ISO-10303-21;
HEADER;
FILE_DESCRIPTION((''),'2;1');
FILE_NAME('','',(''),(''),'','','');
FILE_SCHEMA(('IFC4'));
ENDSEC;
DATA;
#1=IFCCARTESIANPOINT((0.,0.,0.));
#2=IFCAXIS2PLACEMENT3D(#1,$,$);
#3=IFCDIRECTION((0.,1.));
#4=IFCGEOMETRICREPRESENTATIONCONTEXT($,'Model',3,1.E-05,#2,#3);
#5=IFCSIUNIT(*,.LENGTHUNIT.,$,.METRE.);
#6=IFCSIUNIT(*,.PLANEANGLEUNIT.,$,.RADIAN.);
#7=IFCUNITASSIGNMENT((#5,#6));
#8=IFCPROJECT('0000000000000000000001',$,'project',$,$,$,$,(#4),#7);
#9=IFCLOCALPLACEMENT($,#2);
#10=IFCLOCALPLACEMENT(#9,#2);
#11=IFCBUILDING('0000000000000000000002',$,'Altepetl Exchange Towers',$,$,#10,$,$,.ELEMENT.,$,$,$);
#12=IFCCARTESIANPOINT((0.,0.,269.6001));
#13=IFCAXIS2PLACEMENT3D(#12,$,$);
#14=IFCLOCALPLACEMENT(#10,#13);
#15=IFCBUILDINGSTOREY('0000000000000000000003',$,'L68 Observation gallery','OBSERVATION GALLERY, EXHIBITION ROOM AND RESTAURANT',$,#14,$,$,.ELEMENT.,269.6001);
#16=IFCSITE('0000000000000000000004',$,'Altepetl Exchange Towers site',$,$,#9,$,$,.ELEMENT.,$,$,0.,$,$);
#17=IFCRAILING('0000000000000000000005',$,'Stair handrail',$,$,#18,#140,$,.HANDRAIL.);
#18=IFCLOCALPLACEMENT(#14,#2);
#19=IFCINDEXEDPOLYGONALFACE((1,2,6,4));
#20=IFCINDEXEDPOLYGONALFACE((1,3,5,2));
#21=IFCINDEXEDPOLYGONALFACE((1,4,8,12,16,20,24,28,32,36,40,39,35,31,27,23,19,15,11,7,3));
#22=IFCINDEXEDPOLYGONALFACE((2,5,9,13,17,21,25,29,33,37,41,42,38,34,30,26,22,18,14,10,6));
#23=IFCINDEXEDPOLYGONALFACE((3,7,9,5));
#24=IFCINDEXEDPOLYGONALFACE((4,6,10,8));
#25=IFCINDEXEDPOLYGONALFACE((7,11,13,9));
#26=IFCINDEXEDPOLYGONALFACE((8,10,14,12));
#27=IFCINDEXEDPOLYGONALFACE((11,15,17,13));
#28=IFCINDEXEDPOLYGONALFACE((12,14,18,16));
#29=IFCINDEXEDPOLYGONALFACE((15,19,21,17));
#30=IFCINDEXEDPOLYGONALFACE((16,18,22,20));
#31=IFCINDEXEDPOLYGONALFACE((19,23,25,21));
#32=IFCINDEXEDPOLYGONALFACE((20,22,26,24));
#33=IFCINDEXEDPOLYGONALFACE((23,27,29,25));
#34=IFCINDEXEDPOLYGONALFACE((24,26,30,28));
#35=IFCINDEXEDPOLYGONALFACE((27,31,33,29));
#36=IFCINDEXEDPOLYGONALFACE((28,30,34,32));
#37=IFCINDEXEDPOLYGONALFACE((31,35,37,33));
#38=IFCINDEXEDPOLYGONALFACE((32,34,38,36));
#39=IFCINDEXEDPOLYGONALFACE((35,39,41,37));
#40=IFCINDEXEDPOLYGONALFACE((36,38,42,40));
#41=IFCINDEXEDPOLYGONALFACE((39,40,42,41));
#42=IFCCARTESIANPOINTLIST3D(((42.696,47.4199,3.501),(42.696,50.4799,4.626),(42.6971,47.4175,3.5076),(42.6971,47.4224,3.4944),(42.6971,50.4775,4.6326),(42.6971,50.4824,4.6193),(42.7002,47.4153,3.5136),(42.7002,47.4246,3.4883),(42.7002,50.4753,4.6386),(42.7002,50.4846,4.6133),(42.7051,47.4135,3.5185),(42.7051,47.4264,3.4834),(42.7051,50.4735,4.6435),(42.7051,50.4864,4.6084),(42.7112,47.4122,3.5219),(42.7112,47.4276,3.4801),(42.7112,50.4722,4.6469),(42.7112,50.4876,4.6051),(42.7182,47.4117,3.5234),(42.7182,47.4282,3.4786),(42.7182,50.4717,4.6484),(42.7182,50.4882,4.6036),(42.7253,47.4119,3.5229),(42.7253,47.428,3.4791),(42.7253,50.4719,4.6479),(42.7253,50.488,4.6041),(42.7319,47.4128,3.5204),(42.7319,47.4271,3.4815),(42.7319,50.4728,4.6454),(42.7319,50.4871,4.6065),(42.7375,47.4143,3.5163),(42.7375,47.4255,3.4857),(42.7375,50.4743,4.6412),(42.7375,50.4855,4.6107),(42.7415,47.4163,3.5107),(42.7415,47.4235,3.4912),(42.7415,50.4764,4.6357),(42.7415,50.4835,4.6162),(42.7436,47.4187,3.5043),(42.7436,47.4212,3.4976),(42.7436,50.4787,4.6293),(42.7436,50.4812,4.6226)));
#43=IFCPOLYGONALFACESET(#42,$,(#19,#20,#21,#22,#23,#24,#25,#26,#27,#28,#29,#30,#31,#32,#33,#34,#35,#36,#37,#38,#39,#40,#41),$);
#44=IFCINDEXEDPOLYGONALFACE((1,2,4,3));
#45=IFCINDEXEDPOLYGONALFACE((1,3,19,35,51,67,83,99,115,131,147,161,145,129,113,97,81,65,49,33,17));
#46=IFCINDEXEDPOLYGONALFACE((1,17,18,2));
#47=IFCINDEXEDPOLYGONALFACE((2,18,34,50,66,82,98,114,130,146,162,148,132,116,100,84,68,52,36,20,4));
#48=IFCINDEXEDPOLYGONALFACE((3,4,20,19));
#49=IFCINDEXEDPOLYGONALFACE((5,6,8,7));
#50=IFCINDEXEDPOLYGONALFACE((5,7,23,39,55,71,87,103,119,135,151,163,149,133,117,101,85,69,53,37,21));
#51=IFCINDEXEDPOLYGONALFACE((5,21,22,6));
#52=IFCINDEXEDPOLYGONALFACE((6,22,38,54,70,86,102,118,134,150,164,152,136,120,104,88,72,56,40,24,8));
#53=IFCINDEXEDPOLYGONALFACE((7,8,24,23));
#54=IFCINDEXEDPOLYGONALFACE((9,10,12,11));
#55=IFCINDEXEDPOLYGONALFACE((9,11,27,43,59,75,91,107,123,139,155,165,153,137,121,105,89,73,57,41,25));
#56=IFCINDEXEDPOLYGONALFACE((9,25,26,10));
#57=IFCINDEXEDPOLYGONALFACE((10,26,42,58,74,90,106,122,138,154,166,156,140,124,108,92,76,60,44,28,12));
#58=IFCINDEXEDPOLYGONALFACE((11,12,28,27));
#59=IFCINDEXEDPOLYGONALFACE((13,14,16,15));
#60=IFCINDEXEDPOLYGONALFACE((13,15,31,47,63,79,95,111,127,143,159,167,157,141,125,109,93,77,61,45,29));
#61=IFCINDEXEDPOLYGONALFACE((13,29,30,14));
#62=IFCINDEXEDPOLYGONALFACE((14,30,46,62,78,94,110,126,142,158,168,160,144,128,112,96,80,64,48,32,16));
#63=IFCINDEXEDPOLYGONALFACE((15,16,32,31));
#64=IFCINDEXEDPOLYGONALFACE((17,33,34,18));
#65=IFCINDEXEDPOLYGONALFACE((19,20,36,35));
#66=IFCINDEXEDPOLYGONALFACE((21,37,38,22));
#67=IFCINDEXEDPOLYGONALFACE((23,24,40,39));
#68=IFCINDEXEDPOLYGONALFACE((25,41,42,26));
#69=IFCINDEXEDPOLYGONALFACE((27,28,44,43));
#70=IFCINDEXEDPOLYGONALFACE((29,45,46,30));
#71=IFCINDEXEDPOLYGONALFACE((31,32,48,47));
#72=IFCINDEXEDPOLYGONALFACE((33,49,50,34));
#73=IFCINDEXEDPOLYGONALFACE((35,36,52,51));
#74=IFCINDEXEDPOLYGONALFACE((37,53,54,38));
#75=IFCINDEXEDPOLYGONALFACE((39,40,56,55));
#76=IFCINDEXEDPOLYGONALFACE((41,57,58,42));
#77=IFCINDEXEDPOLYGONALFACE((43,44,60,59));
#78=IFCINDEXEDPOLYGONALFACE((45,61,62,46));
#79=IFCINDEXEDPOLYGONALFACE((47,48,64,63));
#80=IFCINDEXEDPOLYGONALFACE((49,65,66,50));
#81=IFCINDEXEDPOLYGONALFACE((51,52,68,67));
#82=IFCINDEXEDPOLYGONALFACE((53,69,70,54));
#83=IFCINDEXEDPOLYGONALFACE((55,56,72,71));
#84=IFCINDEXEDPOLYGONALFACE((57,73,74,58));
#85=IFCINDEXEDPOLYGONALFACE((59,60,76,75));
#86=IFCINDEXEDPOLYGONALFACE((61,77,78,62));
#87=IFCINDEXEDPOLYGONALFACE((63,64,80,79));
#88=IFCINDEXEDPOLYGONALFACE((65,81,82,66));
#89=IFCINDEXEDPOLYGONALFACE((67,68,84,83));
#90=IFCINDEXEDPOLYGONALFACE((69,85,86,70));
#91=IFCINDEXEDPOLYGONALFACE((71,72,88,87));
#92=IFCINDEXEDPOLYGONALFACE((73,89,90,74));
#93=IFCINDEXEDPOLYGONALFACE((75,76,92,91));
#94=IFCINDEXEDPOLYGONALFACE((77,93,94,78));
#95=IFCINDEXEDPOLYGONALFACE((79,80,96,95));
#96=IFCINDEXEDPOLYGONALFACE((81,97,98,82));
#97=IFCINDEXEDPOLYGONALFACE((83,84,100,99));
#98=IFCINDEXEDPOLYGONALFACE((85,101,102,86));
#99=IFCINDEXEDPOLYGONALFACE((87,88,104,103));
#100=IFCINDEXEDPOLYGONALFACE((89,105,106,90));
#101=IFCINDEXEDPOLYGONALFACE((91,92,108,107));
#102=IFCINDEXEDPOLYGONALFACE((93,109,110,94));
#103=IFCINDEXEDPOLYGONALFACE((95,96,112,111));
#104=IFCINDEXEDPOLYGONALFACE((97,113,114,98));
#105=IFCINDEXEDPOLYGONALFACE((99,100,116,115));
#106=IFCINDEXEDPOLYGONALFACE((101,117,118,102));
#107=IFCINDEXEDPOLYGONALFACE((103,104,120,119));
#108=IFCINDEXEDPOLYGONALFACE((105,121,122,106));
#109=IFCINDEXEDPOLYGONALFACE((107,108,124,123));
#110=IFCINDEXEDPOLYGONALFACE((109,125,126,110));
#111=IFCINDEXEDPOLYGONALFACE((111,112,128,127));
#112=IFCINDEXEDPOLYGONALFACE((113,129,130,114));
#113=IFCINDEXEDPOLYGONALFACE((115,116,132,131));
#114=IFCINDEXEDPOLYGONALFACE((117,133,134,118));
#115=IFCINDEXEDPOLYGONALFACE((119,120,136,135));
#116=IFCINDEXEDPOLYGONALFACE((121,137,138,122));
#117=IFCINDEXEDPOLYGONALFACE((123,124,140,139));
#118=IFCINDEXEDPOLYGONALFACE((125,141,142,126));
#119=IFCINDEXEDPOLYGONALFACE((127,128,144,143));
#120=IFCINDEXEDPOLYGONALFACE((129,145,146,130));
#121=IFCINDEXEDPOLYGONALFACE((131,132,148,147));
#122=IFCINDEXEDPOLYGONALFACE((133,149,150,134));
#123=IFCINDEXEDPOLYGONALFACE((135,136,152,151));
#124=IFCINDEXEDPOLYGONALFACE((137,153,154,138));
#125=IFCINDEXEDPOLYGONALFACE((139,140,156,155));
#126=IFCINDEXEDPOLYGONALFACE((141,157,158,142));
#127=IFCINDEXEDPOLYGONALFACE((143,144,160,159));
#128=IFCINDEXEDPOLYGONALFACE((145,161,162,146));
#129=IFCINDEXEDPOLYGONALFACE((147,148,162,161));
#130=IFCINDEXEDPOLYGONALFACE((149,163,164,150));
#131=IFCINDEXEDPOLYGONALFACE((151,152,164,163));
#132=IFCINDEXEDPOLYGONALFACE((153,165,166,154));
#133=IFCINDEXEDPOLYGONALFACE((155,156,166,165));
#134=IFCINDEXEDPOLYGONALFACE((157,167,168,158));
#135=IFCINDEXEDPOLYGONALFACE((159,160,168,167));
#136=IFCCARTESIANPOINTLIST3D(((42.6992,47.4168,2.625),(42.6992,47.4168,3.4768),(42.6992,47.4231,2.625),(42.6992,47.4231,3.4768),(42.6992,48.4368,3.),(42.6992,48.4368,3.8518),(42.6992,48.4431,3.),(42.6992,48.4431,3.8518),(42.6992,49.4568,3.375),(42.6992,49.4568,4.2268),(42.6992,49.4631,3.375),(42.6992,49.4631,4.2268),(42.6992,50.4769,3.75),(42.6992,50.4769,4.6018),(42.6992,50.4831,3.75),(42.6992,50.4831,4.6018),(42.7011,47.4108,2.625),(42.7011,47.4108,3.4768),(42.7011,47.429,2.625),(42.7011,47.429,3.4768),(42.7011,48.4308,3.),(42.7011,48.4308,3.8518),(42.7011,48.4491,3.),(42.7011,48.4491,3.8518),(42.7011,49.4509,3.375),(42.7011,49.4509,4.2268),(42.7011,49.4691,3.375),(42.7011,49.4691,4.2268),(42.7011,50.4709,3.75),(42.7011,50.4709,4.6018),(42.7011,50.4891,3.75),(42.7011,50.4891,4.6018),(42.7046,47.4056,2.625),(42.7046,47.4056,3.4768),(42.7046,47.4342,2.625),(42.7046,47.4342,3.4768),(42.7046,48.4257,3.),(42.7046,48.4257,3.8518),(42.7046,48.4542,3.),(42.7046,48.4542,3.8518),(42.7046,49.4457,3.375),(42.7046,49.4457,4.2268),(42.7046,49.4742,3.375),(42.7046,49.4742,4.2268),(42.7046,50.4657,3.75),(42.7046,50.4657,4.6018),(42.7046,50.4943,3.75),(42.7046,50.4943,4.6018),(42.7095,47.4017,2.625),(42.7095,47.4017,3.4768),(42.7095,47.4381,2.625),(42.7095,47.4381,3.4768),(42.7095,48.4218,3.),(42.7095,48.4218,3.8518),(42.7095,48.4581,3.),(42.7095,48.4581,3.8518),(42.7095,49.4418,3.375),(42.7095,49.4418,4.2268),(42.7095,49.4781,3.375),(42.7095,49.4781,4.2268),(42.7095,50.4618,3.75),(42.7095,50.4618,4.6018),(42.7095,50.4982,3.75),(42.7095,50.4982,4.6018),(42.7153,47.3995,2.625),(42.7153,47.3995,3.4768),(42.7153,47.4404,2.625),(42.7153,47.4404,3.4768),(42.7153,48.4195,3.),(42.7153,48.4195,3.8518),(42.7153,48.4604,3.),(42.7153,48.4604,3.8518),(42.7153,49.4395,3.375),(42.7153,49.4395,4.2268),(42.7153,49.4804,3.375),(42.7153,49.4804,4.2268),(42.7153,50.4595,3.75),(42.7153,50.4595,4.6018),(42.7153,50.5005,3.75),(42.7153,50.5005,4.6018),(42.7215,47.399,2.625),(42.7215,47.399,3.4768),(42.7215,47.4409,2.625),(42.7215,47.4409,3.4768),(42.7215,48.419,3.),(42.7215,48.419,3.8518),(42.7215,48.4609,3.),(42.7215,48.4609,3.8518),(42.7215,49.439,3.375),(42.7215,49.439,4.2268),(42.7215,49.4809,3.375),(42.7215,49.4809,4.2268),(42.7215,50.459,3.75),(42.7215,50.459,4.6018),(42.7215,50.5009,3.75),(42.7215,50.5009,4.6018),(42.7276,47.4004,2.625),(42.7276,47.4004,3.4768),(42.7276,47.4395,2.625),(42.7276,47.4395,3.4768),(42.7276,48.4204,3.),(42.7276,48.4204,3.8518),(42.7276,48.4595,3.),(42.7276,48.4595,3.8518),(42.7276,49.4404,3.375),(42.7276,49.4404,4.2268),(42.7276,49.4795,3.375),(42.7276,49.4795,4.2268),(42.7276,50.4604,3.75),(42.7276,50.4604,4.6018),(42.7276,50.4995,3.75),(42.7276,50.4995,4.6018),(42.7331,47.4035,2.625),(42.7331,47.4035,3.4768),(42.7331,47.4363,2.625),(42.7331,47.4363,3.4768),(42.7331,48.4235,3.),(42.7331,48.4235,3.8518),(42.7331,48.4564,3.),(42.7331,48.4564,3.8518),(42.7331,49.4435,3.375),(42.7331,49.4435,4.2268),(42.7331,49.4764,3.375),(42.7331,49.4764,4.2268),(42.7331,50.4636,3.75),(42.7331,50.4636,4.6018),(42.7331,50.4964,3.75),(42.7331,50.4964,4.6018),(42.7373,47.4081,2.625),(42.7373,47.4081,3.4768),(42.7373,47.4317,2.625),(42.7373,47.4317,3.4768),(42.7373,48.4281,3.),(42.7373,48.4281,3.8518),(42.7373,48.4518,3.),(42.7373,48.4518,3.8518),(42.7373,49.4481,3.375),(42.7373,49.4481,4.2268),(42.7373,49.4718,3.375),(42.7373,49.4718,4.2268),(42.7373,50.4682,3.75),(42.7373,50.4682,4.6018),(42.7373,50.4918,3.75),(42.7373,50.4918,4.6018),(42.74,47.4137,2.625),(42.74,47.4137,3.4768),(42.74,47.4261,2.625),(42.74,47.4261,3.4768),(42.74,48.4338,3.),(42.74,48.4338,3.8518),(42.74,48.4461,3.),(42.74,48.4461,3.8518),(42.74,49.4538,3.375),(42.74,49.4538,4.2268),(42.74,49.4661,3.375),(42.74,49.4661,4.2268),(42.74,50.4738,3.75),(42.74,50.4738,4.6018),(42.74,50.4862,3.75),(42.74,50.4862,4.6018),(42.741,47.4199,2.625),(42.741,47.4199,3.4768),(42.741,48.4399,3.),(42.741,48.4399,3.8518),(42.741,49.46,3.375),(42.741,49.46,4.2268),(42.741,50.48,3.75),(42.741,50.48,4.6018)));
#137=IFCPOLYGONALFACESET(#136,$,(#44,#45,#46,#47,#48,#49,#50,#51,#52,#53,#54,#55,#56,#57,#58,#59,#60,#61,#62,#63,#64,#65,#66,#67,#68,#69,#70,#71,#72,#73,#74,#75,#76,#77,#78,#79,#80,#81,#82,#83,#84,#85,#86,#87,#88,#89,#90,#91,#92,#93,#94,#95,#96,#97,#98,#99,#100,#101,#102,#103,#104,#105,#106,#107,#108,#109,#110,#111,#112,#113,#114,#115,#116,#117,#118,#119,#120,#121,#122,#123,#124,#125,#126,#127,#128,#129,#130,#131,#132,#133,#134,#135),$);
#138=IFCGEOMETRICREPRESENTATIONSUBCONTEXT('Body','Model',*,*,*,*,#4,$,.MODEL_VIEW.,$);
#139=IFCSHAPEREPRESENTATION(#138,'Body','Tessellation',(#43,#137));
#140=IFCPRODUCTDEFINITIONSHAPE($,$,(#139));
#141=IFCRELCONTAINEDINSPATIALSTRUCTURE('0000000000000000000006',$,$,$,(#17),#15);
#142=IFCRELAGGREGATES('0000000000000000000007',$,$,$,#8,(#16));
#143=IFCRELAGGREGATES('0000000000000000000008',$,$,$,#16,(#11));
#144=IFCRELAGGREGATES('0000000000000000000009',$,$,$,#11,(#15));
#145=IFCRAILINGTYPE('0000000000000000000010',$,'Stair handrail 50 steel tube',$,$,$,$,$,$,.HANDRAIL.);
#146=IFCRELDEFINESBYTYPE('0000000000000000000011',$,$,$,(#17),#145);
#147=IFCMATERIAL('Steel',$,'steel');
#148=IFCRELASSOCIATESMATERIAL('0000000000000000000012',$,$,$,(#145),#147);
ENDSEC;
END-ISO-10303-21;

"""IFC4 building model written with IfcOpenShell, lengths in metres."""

from ifc_helpers import new_model, si_unit, direction, frame, origin, origin_2d, place, context, subcontext, project, spatial, circle, extrude, source, transform, mapped, material, type_object, element, save


model = new_model("IFC4")

# Units and contexts
model_context = context("Model", 3, precision=1e-05, world=origin(), true_north=direction((0.0, 1.0)))
body_context = subcontext(model_context, "Body", "Model", "MODEL_VIEW")
ifc_project = project(units=[si_unit("LENGTHUNIT", "METRE"), si_unit("PLANEANGLEUNIT", "RADIAN")], contexts=[model_context])

# Site, building, storey
site_placement = place(None, origin())
site = spatial("IfcSite", under=ifc_project, at=site_placement, Name="Altepetl Exchange Towers site", CompositionType="ELEMENT", RefElevation=0.0)
building_placement = place(site_placement, origin())
building = spatial("IfcBuilding", under=site, at=building_placement, Name="Altepetl Exchange Towers", CompositionType="ELEMENT")
storey_placement = place(building_placement, frame((0.0, 0.0, 269.6001)))
storey = spatial("IfcBuildingStorey", under=building, at=storey_placement, Name="L68 Observation gallery", Description="OBSERVATION GALLERY, EXHIBITION ROOM AND RESTAURANT", CompositionType="ELEMENT", Elevation=269.6001)

# Railing
ifc_material_1 = material(Name="Steel", Category="steel")
railing_type = type_object("IfcRailingType", Name="Stair handrail 50 steel tube", PredefinedType="HANDRAIL", material=ifc_material_1)
shared_shape = source(origin(), body_context, "Body", "SweptSolid", [
    extrude(circle(Radius=0.021, at=origin_2d()), origin(), (0.0, 0.0, 1.0), 0.8518),
])
for number, where, name in (
    (1, (42.72, 47.4199, 2.625), "Stair handrail"),
):
    element("IfcRailing", number, at=place(storey_placement, frame(where)), inside=storey, type_object=railing_type, Name=name, PredefinedType="HANDRAIL", context=body_context, shape_type="SweptSolid", body=[
        extrude(circle(Radius=0.0239, at=origin_2d()), frame((0.0, 0.0, 0.876), z_axis=(0.0, 0.938581, 0.34506), x_axis=(-1.0, 0.0, 0.0)), (0.0, 0.0, 1.0), 3.2603),
        mapped(shared_shape, transform((0.0, 0.0, 0.0))),
        mapped(shared_shape, transform((0.0, 1.02, 0.375))),
        mapped(shared_shape, transform((0.0, 2.04, 0.75))),
        mapped(shared_shape, transform((0.0, 3.0601, 1.125))),
    ])

save(model, "model.ifc")
